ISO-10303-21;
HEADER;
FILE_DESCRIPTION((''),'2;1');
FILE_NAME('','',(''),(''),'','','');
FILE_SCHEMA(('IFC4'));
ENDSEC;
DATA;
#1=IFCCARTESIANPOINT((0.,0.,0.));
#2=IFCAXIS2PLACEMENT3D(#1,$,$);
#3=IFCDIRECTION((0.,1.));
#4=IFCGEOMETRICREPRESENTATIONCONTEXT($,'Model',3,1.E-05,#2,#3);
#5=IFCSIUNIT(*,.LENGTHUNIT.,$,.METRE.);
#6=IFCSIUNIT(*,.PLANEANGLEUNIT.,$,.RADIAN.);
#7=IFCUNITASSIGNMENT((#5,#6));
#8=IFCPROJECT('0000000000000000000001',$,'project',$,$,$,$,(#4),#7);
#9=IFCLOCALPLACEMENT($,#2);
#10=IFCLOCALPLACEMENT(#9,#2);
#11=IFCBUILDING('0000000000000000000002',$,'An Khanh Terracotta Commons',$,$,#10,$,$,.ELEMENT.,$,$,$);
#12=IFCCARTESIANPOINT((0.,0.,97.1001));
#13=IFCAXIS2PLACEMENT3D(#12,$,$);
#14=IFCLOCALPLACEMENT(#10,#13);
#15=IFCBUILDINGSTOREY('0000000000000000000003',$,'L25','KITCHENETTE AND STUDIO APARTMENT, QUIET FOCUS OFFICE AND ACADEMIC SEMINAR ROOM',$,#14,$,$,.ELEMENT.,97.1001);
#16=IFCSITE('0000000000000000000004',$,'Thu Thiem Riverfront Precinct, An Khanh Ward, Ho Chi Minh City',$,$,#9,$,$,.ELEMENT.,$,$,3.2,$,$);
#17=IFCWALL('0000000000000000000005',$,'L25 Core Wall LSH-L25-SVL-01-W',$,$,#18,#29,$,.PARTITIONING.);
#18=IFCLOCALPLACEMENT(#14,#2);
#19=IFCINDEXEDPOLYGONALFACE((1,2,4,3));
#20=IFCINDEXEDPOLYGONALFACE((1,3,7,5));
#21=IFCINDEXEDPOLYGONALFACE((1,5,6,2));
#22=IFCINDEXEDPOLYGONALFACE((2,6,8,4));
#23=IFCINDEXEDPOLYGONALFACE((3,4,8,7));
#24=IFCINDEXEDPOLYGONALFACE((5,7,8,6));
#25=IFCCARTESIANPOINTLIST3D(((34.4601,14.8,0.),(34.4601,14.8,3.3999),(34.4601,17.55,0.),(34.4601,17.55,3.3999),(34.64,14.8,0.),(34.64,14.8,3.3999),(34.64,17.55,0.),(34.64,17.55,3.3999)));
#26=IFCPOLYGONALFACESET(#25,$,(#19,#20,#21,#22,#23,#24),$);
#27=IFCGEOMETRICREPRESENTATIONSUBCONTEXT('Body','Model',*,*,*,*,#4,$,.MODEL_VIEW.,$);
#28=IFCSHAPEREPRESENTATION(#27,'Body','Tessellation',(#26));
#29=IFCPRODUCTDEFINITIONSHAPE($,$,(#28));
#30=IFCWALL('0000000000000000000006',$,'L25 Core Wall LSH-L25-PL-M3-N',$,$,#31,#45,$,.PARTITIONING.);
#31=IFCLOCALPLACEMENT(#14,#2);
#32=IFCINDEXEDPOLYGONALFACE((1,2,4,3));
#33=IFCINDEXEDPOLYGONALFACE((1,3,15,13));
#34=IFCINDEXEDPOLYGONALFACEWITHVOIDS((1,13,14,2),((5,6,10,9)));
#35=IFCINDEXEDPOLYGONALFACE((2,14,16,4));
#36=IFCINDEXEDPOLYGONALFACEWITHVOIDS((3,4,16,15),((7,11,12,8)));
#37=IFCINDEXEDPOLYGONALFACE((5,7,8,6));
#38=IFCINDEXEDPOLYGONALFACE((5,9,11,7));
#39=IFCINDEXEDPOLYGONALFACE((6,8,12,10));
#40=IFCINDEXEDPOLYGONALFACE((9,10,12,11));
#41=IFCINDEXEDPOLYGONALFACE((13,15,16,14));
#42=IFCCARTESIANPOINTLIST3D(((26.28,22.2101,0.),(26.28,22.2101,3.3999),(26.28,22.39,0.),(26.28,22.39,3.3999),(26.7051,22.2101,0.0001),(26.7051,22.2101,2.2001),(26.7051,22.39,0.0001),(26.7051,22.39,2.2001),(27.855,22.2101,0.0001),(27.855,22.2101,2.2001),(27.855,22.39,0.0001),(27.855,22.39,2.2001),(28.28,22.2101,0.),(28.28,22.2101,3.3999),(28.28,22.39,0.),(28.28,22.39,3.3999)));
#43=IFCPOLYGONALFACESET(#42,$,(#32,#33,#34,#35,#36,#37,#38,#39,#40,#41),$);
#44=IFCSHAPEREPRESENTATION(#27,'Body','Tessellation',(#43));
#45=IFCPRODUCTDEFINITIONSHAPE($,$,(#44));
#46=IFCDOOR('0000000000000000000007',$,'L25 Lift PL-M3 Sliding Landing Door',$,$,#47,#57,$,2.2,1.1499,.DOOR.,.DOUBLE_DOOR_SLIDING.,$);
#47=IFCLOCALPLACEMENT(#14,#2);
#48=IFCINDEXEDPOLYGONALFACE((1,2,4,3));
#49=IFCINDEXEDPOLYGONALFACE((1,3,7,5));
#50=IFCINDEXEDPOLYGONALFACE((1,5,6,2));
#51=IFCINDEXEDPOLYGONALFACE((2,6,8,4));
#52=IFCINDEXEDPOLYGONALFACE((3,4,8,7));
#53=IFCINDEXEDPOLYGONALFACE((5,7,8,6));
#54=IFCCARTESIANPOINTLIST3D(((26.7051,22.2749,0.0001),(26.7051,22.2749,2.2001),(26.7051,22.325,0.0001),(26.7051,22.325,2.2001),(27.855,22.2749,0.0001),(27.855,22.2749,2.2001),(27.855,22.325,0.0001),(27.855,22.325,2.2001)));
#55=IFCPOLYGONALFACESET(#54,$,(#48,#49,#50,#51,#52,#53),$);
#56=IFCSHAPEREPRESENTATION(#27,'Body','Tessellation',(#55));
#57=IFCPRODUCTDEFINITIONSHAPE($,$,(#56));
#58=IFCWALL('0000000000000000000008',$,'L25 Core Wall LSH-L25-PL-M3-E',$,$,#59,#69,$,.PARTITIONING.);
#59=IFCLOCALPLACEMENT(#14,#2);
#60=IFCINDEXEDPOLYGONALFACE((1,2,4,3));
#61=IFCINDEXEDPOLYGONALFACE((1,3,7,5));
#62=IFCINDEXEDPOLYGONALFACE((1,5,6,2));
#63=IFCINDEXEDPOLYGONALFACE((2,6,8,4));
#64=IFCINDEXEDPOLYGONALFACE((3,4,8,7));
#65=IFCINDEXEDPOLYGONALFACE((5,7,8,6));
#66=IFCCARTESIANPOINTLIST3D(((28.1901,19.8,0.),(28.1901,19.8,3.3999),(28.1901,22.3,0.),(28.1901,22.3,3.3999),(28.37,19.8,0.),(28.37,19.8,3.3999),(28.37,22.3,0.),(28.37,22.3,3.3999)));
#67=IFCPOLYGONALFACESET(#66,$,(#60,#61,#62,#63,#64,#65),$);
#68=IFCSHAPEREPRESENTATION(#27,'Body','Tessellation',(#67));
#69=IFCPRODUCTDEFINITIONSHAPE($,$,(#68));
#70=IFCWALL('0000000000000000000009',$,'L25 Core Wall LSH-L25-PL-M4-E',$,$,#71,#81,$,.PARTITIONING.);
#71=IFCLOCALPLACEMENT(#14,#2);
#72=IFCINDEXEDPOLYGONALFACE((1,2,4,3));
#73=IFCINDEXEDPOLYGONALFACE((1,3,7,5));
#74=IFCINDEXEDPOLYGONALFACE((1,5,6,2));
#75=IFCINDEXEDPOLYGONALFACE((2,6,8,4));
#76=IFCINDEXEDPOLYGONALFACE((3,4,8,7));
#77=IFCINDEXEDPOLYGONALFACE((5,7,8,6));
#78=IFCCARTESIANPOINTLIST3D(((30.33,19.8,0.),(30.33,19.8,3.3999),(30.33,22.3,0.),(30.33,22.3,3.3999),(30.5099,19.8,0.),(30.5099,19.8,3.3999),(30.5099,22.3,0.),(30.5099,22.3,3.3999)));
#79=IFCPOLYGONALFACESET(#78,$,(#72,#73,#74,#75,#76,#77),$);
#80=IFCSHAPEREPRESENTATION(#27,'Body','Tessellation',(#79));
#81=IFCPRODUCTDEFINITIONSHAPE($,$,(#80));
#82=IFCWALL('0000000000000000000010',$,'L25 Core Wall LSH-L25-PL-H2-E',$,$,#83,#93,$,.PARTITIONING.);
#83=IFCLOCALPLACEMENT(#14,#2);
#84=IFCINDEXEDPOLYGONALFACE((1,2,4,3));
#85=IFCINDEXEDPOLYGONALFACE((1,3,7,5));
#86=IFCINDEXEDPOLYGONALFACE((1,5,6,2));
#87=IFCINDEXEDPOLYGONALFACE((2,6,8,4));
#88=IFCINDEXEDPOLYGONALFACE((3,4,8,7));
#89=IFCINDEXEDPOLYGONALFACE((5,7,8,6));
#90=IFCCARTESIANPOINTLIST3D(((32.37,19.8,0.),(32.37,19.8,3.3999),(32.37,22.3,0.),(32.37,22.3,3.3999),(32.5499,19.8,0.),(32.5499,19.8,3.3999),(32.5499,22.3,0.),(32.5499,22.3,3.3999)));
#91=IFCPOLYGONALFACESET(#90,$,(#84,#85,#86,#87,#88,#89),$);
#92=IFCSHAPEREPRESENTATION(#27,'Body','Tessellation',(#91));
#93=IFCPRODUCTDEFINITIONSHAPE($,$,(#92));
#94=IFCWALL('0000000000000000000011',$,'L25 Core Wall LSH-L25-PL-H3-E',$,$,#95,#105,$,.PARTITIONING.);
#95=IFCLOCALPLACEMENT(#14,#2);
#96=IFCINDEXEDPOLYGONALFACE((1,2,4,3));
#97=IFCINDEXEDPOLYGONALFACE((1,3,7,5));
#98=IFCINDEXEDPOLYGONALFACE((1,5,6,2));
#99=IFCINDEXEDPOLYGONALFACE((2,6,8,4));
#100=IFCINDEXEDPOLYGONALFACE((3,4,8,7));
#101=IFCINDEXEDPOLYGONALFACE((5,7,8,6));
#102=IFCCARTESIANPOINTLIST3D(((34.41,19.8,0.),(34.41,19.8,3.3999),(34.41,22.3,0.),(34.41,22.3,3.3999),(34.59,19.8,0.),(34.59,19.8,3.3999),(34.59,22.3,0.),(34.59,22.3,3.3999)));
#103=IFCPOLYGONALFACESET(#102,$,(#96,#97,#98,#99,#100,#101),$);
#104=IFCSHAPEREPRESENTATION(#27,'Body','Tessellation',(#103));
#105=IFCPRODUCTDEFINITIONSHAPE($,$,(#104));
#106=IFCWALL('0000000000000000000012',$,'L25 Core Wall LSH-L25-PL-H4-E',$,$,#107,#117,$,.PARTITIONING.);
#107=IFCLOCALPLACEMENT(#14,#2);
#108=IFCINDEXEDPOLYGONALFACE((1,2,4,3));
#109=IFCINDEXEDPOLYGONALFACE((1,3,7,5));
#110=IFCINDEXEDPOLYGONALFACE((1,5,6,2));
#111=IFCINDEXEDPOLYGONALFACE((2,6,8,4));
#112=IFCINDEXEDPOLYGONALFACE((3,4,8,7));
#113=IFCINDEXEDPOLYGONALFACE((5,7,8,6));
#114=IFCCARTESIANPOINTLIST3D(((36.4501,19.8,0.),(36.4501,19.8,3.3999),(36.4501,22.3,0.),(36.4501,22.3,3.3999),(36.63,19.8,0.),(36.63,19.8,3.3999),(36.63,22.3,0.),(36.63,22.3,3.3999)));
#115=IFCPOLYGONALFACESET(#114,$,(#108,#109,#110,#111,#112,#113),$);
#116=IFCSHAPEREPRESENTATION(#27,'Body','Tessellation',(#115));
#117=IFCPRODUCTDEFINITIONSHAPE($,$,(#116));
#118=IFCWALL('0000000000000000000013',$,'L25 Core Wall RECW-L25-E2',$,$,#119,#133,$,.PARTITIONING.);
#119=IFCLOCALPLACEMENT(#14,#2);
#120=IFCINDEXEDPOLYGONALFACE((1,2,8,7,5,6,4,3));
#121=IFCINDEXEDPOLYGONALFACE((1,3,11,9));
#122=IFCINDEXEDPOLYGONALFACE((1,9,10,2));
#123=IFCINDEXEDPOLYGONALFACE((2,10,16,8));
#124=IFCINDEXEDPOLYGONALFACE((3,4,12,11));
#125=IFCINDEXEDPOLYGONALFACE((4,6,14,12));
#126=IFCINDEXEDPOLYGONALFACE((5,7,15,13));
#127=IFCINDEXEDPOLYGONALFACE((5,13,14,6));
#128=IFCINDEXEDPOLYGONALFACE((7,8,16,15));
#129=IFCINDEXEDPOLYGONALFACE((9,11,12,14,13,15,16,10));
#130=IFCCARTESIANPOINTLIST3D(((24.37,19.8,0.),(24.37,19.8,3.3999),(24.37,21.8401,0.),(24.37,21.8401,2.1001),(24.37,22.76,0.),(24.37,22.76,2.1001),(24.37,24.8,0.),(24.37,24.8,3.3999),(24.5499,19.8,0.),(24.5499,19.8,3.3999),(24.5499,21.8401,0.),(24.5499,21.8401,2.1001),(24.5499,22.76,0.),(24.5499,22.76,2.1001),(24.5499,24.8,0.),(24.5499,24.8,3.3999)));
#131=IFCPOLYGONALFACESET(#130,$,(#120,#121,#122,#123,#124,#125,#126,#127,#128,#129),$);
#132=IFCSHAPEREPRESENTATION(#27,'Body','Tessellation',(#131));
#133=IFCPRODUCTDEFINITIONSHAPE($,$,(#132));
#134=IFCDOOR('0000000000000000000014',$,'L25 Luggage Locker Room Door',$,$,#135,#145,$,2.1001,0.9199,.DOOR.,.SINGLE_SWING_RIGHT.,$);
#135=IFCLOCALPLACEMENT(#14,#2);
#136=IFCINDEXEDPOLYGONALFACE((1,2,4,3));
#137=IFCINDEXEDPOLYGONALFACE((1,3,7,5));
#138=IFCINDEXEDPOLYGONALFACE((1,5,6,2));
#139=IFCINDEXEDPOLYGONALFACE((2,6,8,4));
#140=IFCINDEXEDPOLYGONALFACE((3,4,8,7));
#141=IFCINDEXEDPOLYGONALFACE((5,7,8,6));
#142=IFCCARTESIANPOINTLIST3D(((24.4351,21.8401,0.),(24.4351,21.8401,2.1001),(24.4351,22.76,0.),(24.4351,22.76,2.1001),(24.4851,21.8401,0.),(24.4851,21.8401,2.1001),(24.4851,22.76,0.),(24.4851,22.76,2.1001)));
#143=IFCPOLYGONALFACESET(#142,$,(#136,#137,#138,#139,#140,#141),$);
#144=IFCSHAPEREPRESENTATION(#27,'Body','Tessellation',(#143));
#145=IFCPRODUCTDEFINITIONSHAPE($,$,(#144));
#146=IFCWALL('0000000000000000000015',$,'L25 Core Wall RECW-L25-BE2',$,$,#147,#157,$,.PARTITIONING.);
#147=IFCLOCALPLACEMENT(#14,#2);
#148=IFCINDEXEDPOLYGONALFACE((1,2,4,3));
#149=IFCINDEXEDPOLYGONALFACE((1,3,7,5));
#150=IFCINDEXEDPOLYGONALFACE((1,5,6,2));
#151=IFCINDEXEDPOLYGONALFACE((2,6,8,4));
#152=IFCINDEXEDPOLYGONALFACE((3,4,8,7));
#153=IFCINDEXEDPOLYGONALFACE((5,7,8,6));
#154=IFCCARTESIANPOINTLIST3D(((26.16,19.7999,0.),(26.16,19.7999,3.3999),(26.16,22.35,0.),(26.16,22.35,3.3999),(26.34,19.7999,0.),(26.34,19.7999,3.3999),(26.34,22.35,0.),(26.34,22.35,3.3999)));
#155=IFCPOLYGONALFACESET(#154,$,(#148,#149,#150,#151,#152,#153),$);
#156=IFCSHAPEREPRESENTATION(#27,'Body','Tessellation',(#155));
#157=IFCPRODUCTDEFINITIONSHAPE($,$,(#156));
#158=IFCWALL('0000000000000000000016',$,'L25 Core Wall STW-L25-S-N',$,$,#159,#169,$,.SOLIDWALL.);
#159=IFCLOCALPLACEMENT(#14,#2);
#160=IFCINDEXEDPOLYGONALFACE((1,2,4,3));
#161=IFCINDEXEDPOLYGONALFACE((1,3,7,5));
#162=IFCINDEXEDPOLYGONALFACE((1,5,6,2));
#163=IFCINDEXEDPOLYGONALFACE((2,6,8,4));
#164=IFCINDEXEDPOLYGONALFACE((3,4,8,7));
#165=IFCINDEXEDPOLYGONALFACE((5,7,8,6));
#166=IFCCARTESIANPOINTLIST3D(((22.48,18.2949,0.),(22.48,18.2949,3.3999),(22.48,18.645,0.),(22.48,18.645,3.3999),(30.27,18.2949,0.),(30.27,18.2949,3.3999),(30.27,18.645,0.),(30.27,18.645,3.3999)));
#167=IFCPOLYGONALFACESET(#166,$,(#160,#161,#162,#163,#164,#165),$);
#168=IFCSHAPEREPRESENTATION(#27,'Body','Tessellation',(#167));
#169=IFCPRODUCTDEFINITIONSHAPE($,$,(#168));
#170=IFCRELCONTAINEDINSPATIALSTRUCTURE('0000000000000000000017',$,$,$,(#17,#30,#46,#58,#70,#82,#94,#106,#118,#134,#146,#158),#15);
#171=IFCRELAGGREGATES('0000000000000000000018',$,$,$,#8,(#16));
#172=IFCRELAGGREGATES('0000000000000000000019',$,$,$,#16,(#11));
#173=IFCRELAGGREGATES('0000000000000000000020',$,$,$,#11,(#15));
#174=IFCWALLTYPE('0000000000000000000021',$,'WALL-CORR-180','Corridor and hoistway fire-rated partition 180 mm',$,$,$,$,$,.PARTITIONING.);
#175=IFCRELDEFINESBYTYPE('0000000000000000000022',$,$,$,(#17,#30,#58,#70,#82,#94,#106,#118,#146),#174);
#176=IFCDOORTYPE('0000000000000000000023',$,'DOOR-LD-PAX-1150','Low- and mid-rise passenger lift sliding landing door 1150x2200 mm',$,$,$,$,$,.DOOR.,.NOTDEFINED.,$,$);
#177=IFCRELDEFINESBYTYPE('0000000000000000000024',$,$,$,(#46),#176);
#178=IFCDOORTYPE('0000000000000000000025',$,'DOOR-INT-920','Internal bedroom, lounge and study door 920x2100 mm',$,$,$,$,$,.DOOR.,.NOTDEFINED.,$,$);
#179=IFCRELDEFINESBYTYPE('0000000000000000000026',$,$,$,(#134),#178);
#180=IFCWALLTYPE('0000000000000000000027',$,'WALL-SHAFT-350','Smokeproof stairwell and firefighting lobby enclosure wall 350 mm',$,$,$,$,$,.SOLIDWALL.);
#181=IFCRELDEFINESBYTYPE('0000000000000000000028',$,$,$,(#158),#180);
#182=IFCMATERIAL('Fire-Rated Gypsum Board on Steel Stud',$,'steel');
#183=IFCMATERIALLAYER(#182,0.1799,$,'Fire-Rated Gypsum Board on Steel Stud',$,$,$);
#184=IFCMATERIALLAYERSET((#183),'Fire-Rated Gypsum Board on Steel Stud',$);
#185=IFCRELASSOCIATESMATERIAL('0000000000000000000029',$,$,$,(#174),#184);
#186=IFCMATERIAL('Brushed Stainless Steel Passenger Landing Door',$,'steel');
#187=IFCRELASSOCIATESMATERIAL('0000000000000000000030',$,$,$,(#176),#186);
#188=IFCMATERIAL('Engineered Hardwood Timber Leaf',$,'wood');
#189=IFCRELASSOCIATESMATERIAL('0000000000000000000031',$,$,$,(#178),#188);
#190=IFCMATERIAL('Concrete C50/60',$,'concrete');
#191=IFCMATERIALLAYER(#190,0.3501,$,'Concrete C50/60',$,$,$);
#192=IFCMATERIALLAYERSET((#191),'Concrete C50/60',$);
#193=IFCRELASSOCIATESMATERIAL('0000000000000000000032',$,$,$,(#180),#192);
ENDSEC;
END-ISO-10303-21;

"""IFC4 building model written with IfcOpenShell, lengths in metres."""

from ifc_helpers import new_model, si_unit, direction, frame, frame_2d, origin, place, context, subcontext, project, spatial, rectangle, extrude, material, layer, layer_set, type_object, element, fill, save


model = new_model("IFC4")

# Units and contexts
model_context = context("Model", 3, precision=1e-05, world=origin(), true_north=direction((0.0, 1.0)))
body_context = subcontext(model_context, "Body", "Model", "MODEL_VIEW")
ifc_project = project(units=[si_unit("LENGTHUNIT", "METRE"), si_unit("PLANEANGLEUNIT", "RADIAN")], contexts=[model_context])

# Site, building, storey
site_placement = place(None, origin())
site = spatial("IfcSite", under=ifc_project, at=site_placement, Name="Thu Thiem Riverfront Precinct, An Khanh Ward, Ho Chi Minh City", CompositionType="ELEMENT", RefElevation=3.2)
building_placement = place(site_placement, origin())
building = spatial("IfcBuilding", under=site, at=building_placement, Name="An Khanh Terracotta Commons", CompositionType="ELEMENT")
storey_placement = place(building_placement, frame((0.0, 0.0, 97.1001)))
storey = spatial("IfcBuildingStorey", under=building, at=storey_placement, Name="L25", Description="KITCHENETTE AND STUDIO APARTMENT, QUIET FOCUS OFFICE AND ACADEMIC SEMINAR ROOM", CompositionType="ELEMENT", Elevation=97.1001)

# Shared definitions
ifc_material_1 = material(Name="Fire-Rated Gypsum Board on Steel Stud", Category="steel")
ifc_layer_1 = layer(ifc_material_1, 0.1799, Name="Fire-Rated Gypsum Board on Steel Stud")
ifc_layer_set_1 = layer_set([ifc_layer_1], Name="Fire-Rated Gypsum Board on Steel Stud")
wall_type_1 = type_object("IfcWallType", Name="WALL-CORR-180", Description="Corridor and hoistway fire-rated partition 180 mm", PredefinedType="PARTITIONING", material=ifc_layer_set_1)

# Wall
wall_1_placement = place(storey_placement, frame((34.55, 17.55, 0.0), z_axis=(0.0, 0.0, 1.0), x_axis=(0.0, -1.0, 0.0)))
element("IfcWall", 1, at=wall_1_placement, inside=storey, type_object=wall_type_1, Name="L25 Core Wall LSH-L25-SVL-01-W", PredefinedType="PARTITIONING", context=body_context, shape_type="SweptSolid", body=[
    extrude(rectangle(XDim=2.75, YDim=0.1799, at=frame_2d((1.375, 0.0))), origin(), (0.0, 0.0, 1.0), 3.3999),
])

# Wall, opening, door
wall_2_placement = place(storey_placement, frame((26.28, 22.3, 0.0), z_axis=(0.0, 0.0, 1.0), x_axis=(1.0, 0.0, 0.0)))
wall_2 = element("IfcWall", 2, at=wall_2_placement, inside=storey, type_object=wall_type_1, Name="L25 Core Wall LSH-L25-PL-M3-N", PredefinedType="PARTITIONING", context=body_context, shape_type="SweptSolid", body=[
    extrude(rectangle(XDim=2.0, YDim=0.1799, at=frame_2d((1.0, 0.0))), origin(), (0.0, 0.0, 1.0), 3.3999),
])
opening_1_placement = place(wall_2_placement, frame((0.425, 0.0, 0.0)))
opening_1 = element("IfcOpeningElement", 3, at=opening_1_placement, cuts=wall_2, PredefinedType="OPENING", context=body_context, shape_type="SweptSolid", body=[
    extrude(rectangle(XDim=1.1499, YDim=2.2, at=frame_2d((0.575, 1.1001))), frame((0.0, 0.0999, 0.0), z_axis=(0.0, -1.0, 0.0), x_axis=(1.0, 0.0, 0.0)), (0.0, 0.0, 1.0), 0.2),
])
ifc_material_2 = material(Name="Brushed Stainless Steel Passenger Landing Door", Category="steel")
door_type_1 = type_object("IfcDoorType", Name="DOOR-LD-PAX-1150", Description="Low- and mid-rise passenger lift sliding landing door 1150x2200 mm", OperationType="NOTDEFINED", PredefinedType="DOOR", material=ifc_material_2)
door_1_placement = place(opening_1_placement, origin())
door_1 = element("IfcDoor", 4, at=door_1_placement, inside=storey, type_object=door_type_1, Name="L25 Lift PL-M3 Sliding Landing Door", OperationType="DOUBLE_DOOR_SLIDING", OverallHeight=2.2, OverallWidth=1.1499, PredefinedType="DOOR", context=body_context, shape_type="SweptSolid", body=[
    extrude(rectangle(XDim=1.1499, YDim=2.2, at=frame_2d((0.575, 1.1001))), frame((0.0, 0.0249, 0.0), z_axis=(0.0, -1.0, 0.0), x_axis=(1.0, 0.0, 0.0)), (0.0, 0.0, 1.0), 0.05),
])
fill(opening_1, door_1)

# Walls
for number, where, z_axis, x_axis, name in (
    (5, (28.28, 19.8, 0.0), (0.0, 0.0, 1.0), (0.0, 1.0, 0.0), "L25 Core Wall LSH-L25-PL-M3-E"),
    (6, (30.4199, 19.8, 0.0), (0.0, 0.0, 1.0), (0.0, 1.0, 0.0), "L25 Core Wall LSH-L25-PL-M4-E"),
    (7, (32.46, 19.8, 0.0), (0.0, 0.0, 1.0), (0.0, 1.0, 0.0), "L25 Core Wall LSH-L25-PL-H2-E"),
    (8, (34.5, 19.8, 0.0), (0.0, 0.0, 1.0), (0.0, 1.0, 0.0), "L25 Core Wall LSH-L25-PL-H3-E"),
    (9, (36.54, 19.8, 0.0), (0.0, 0.0, 1.0), (0.0, 1.0, 0.0), "L25 Core Wall LSH-L25-PL-H4-E"),
):
    element("IfcWall", number, at=place(storey_placement, frame(where, z_axis=z_axis, x_axis=x_axis)), inside=storey, type_object=wall_type_1, Name=name, PredefinedType="PARTITIONING", context=body_context, shape_type="SweptSolid", body=[
        extrude(rectangle(XDim=2.5, YDim=0.1799, at=frame_2d((1.25, 0.0))), origin(), (0.0, 0.0, 1.0), 3.3999),
    ])

# Wall, opening, door
wall_3_placement = place(storey_placement, frame((24.46, 19.8, 0.0), z_axis=(0.0, 0.0, 1.0), x_axis=(0.0, 1.0, 0.0)))
wall_3 = element("IfcWall", 10, at=wall_3_placement, inside=storey, type_object=wall_type_1, Name="L25 Core Wall RECW-L25-E2", PredefinedType="PARTITIONING", context=body_context, shape_type="SweptSolid", body=[
    extrude(rectangle(XDim=5.0, YDim=0.1799, at=frame_2d((2.5, 0.0))), origin(), (0.0, 0.0, 1.0), 3.3999),
])
opening_2_placement = place(wall_3_placement, frame((2.04, 0.0, 0.0)))
opening_2 = element("IfcOpeningElement", 11, at=opening_2_placement, cuts=wall_3, PredefinedType="OPENING", context=body_context, shape_type="SweptSolid", body=[
    extrude(rectangle(XDim=0.9199, YDim=2.1001, at=frame_2d((0.46, 1.05))), frame((0.0, 0.0999, 0.0), z_axis=(0.0, -1.0, 0.0), x_axis=(1.0, 0.0, 0.0)), (0.0, 0.0, 1.0), 0.2),
])
ifc_material_3 = material(Name="Engineered Hardwood Timber Leaf", Category="wood")
door_type_2 = type_object("IfcDoorType", Name="DOOR-INT-920", Description="Internal bedroom, lounge and study door 920x2100 mm", OperationType="NOTDEFINED", PredefinedType="DOOR", material=ifc_material_3)
door_2_placement = place(opening_2_placement, origin())
door_2 = element("IfcDoor", 12, at=door_2_placement, inside=storey, type_object=door_type_2, Name="L25 Luggage Locker Room Door", OperationType="SINGLE_SWING_RIGHT", OverallHeight=2.1001, OverallWidth=0.9199, PredefinedType="DOOR", context=body_context, shape_type="SweptSolid", body=[
    extrude(rectangle(XDim=0.9199, YDim=2.1001, at=frame_2d((0.46, 1.05))), frame((0.0, 0.0249, 0.0), z_axis=(0.0, -1.0, 0.0), x_axis=(1.0, 0.0, 0.0)), (0.0, 0.0, 1.0), 0.05),
])
fill(opening_2, door_2)

# Walls
wall_4_placement = place(storey_placement, frame((26.25, 19.8, 0.0), z_axis=(0.0, 0.0, 1.0), x_axis=(0.0, 1.0, 0.0)))
element("IfcWall", 13, at=wall_4_placement, inside=storey, type_object=wall_type_1, Name="L25 Core Wall RECW-L25-BE2", PredefinedType="PARTITIONING", context=body_context, shape_type="SweptSolid", body=[
    extrude(rectangle(XDim=2.55, YDim=0.1799, at=frame_2d((1.2749, 0.0))), origin(), (0.0, 0.0, 1.0), 3.3999),
])
ifc_material_4 = material(Name="Concrete C50/60", Category="concrete")
ifc_layer_2 = layer(ifc_material_4, 0.3501, Name="Concrete C50/60")
ifc_layer_set_2 = layer_set([ifc_layer_2], Name="Concrete C50/60")
wall_type_2 = type_object("IfcWallType", Name="WALL-SHAFT-350", Description="Smokeproof stairwell and firefighting lobby enclosure wall 350 mm", PredefinedType="SOLIDWALL", material=ifc_layer_set_2)
wall_5_placement = place(storey_placement, frame((22.48, 18.47, 0.0), z_axis=(0.0, 0.0, 1.0), x_axis=(1.0, 0.0, 0.0)))
element("IfcWall", 14, at=wall_5_placement, inside=storey, type_object=wall_type_2, Name="L25 Core Wall STW-L25-S-N", PredefinedType="SOLIDWALL", context=body_context, shape_type="SweptSolid", body=[
    extrude(rectangle(XDim=7.79, YDim=0.3501, at=frame_2d((3.895, 0.0))), origin(), (0.0, 0.0, 1.0), 3.3999),
])

save(model, "model.ifc")
